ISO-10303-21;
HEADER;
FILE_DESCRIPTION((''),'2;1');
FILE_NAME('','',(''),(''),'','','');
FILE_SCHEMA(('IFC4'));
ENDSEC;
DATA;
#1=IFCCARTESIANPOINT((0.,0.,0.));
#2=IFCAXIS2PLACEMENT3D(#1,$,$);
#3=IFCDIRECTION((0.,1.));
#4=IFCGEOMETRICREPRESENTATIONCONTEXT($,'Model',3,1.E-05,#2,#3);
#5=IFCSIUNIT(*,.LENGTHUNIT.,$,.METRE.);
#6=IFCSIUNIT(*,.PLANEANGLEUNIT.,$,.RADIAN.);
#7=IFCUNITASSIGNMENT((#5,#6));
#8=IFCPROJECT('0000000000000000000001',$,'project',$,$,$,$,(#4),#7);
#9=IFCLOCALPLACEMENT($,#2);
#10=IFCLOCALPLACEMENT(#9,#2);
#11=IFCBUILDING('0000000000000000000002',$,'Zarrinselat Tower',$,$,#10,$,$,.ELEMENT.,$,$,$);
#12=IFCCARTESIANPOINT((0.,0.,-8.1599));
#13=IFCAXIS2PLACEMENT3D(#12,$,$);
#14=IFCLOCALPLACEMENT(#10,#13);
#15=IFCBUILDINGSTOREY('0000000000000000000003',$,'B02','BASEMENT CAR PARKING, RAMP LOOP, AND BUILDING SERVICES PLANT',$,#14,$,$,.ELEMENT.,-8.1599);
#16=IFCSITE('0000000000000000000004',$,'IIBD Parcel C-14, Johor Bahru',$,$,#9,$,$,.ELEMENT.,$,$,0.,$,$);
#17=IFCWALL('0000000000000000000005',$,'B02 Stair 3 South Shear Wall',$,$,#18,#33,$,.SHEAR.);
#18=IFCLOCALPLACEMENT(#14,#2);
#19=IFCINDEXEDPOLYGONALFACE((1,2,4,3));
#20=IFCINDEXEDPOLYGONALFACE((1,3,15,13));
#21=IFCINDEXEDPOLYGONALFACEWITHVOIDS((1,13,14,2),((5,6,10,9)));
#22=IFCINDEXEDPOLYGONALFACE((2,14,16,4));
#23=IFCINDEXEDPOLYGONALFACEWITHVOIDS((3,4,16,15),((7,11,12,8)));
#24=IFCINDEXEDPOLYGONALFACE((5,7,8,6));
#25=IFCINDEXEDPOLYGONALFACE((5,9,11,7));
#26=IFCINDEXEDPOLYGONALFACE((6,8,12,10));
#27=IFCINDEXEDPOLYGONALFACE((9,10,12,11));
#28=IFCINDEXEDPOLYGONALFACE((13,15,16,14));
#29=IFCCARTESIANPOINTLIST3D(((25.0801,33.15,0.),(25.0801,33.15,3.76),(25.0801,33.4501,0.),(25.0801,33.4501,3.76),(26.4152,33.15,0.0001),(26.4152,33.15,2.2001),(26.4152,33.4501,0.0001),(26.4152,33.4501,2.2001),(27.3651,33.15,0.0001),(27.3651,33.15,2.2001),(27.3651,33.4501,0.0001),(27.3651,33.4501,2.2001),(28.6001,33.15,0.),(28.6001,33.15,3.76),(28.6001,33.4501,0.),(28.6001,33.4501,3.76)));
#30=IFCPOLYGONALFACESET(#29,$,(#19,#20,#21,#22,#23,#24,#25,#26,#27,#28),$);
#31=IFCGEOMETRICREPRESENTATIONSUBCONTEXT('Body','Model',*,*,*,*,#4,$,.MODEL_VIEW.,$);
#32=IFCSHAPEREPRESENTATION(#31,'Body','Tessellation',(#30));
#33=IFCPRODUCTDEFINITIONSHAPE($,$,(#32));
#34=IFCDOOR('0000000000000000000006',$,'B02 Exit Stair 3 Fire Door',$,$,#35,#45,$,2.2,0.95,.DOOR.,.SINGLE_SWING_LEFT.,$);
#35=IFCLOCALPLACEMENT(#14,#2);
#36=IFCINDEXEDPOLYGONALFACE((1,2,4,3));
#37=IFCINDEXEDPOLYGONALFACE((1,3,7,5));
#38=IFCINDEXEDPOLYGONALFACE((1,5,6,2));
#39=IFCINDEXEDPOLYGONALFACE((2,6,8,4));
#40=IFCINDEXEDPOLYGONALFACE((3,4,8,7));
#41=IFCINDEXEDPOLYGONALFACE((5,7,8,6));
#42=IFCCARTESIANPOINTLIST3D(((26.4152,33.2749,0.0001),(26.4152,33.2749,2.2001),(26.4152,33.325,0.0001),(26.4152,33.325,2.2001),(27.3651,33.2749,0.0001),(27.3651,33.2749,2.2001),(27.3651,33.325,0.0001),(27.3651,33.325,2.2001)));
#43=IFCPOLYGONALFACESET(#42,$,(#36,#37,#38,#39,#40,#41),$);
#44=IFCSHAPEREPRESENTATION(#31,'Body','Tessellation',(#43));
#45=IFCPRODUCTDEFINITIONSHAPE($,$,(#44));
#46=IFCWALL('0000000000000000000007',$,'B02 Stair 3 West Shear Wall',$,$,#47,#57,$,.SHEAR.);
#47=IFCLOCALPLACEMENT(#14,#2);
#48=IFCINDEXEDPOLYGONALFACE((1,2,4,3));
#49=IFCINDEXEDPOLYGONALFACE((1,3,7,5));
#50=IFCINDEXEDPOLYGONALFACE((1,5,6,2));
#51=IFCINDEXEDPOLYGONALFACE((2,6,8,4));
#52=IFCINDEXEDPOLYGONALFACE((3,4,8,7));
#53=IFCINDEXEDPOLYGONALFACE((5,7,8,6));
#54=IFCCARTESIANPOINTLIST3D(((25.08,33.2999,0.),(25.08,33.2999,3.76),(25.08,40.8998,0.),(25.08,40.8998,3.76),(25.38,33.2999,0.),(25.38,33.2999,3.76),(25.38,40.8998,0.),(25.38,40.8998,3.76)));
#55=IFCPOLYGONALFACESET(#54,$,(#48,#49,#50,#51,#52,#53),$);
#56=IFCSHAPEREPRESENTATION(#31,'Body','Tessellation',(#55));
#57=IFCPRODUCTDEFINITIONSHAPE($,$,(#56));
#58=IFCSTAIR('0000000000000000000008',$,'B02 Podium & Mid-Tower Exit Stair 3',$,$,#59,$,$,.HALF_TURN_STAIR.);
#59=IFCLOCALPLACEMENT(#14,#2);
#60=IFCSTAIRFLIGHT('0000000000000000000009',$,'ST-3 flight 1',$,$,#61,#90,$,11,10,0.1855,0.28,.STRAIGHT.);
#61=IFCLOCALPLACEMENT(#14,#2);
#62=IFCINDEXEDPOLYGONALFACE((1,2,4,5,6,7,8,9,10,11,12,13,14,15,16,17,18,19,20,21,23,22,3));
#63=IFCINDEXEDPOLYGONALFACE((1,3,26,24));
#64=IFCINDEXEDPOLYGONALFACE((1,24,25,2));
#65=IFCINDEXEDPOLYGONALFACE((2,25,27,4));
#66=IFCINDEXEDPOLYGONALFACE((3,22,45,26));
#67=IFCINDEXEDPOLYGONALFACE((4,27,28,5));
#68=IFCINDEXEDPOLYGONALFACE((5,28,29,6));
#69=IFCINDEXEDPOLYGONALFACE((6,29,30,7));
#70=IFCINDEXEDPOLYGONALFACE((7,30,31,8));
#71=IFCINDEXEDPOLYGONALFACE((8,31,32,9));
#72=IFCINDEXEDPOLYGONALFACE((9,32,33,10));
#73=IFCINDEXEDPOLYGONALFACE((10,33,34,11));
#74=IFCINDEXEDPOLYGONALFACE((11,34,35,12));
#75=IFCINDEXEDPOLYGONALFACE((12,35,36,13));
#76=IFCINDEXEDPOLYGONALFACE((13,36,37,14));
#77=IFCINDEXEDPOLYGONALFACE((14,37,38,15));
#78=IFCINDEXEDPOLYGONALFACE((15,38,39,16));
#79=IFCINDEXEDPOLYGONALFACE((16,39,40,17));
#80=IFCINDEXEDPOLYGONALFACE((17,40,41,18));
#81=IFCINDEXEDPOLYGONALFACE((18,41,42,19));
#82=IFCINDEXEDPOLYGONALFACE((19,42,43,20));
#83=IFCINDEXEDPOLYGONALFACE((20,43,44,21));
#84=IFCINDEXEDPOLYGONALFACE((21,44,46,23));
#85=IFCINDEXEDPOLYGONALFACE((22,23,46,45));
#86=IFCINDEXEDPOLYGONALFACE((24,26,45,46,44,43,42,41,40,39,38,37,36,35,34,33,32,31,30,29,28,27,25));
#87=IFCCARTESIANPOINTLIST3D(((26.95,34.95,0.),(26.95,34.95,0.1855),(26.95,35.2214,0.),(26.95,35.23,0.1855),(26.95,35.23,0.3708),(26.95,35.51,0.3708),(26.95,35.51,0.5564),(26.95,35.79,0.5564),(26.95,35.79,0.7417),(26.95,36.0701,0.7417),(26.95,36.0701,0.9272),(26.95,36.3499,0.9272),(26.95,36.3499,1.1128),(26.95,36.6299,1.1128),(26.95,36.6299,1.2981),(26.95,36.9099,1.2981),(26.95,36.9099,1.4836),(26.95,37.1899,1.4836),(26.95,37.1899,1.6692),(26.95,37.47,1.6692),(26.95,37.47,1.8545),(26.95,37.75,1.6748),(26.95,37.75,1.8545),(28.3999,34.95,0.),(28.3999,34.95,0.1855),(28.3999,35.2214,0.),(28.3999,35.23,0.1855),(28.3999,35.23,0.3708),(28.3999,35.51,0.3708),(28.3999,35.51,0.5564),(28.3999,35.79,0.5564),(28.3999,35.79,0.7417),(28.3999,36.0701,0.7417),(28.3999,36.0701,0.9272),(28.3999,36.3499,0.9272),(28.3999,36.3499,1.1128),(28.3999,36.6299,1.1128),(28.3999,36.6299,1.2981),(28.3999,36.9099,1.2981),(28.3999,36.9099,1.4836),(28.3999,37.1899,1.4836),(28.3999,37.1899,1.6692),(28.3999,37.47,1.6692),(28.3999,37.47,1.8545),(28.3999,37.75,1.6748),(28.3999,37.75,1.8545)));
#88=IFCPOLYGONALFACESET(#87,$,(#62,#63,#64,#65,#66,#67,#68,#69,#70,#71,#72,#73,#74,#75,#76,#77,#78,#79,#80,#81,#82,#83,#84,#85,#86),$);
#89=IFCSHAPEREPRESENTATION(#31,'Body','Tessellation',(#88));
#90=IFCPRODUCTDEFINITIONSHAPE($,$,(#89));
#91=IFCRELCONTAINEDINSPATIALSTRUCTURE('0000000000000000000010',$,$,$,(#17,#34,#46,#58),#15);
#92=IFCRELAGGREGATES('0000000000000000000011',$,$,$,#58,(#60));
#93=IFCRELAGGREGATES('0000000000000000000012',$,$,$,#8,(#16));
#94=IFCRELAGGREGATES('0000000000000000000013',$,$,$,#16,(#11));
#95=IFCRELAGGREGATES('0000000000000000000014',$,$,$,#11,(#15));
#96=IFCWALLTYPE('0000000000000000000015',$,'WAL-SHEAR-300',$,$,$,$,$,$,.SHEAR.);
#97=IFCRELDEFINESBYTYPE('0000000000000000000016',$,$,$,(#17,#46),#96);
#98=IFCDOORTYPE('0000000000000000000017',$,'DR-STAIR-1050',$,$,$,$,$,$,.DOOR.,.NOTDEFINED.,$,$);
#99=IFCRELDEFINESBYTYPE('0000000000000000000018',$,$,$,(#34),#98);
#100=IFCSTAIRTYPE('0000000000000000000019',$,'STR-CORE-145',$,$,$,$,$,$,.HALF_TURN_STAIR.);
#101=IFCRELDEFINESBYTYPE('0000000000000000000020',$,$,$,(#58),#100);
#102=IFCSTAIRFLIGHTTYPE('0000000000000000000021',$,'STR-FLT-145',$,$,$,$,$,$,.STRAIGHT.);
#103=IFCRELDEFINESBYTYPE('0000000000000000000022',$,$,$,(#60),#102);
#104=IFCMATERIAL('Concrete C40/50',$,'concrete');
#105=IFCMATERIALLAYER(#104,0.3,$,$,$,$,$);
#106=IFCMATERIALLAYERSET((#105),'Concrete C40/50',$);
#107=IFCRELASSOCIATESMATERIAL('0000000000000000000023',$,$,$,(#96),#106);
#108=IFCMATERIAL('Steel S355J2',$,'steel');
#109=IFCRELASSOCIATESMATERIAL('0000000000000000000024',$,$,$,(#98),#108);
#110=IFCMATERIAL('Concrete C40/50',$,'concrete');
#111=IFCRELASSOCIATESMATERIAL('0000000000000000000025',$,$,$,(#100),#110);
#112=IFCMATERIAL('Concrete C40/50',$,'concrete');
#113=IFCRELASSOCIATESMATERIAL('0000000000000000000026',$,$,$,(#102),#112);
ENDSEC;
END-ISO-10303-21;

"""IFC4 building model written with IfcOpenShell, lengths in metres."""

from ifc_helpers import new_model, si_unit, direction, frame, frame_2d, origin, place, context, subcontext, project, spatial, polyline, rectangle, outline, extrude, material, layer, layer_set, type_object, element, fill, aggregate, save


model = new_model("IFC4")

# Units and contexts
model_context = context("Model", 3, precision=1e-05, world=origin(), true_north=direction((0.0, 1.0)))
body_context = subcontext(model_context, "Body", "Model", "MODEL_VIEW")
ifc_project = project(units=[si_unit("LENGTHUNIT", "METRE"), si_unit("PLANEANGLEUNIT", "RADIAN")], contexts=[model_context])

# Site, building, storey
site_placement = place(None, origin())
site = spatial("IfcSite", under=ifc_project, at=site_placement, Name="IIBD Parcel C-14, Johor Bahru", CompositionType="ELEMENT", RefElevation=0.0)
building_placement = place(site_placement, origin())
building = spatial("IfcBuilding", under=site, at=building_placement, Name="Zarrinselat Tower", CompositionType="ELEMENT")
storey_placement = place(building_placement, frame((0.0, 0.0, -8.1599)))
storey = spatial("IfcBuildingStorey", under=building, at=storey_placement, Name="B02", Description="BASEMENT CAR PARKING, RAMP LOOP, AND BUILDING SERVICES PLANT", CompositionType="ELEMENT", Elevation=-8.1599)

# Wall, opening, door
ifc_material_1 = material(Name="Concrete C40/50", Category="concrete")
ifc_layer_1 = layer(ifc_material_1, 0.3)
ifc_layer_set_1 = layer_set([ifc_layer_1], Name="Concrete C40/50")
wall_type_1 = type_object("IfcWallType", Name="WAL-SHEAR-300", PredefinedType="SHEAR", material=ifc_layer_set_1)
wall_1_placement = place(storey_placement, frame((25.0801, 33.3, 0.0), z_axis=(0.0, 0.0, 1.0), x_axis=(1.0, 0.0, 0.0)))
wall_1 = element("IfcWall", 1, at=wall_1_placement, inside=storey, type_object=wall_type_1, Name="B02 Stair 3 South Shear Wall", PredefinedType="SHEAR", context=body_context, shape_type="SweptSolid", body=[
    extrude(rectangle(XDim=3.52, YDim=0.3, at=frame_2d((1.76, 0.0))), origin(), (0.0, 0.0, 1.0), 3.76),
])
opening_1_placement = place(wall_1_placement, frame((1.335, 0.0, 0.0)))
opening_1 = element("IfcOpeningElement", 2, at=opening_1_placement, cuts=wall_1, PredefinedType="OPENING", context=body_context, shape_type="SweptSolid", body=[
    extrude(rectangle(XDim=0.95, YDim=2.2, at=frame_2d((0.4751, 1.1001))), frame((0.0, 0.1599, 0.0), z_axis=(0.0, -1.0, 0.0), x_axis=(1.0, 0.0, 0.0)), (0.0, 0.0, 1.0), 0.3201),
])
ifc_material_2 = material(Name="Steel S355J2", Category="steel")
door_type_1 = type_object("IfcDoorType", Name="DR-STAIR-1050", OperationType="NOTDEFINED", PredefinedType="DOOR", material=ifc_material_2)
door_1_placement = place(opening_1_placement, origin())
door_1 = element("IfcDoor", 3, at=door_1_placement, inside=storey, type_object=door_type_1, Name="B02 Exit Stair 3 Fire Door", OperationType="SINGLE_SWING_LEFT", OverallHeight=2.2, OverallWidth=0.95, PredefinedType="DOOR", context=body_context, shape_type="SweptSolid", body=[
    extrude(rectangle(XDim=0.95, YDim=2.2, at=frame_2d((0.4751, 1.1001))), frame((0.0, 0.0249, 0.0), z_axis=(0.0, -1.0, 0.0), x_axis=(1.0, 0.0, 0.0)), (0.0, 0.0, 1.0), 0.05),
])
fill(opening_1, door_1)

# Wall
wall_2_placement = place(storey_placement, frame((25.23, 33.3, 0.0), z_axis=(0.0, 0.0, 1.0), x_axis=(0.0, 1.0, 0.0)))
element("IfcWall", 4, at=wall_2_placement, inside=storey, type_object=wall_type_1, Name="B02 Stair 3 West Shear Wall", PredefinedType="SHEAR", context=body_context, shape_type="SweptSolid", body=[
    extrude(rectangle(XDim=7.5999, YDim=0.3, at=frame_2d((3.7998, 0.0))), origin(), (0.0, 0.0, 1.0), 3.76),
])

# Stair, stair flight
ifc_material_3 = material(Name="Concrete C40/50", Category="concrete")
stair_type = type_object("IfcStairType", Name="STR-CORE-145", PredefinedType="HALF_TURN_STAIR", material=ifc_material_3)
stair_placement = place(storey_placement, origin())
stair = element("IfcStair", 5, at=stair_placement, inside=storey, type_object=stair_type, Name="B02 Podium & Mid-Tower Exit Stair 3", PredefinedType="HALF_TURN_STAIR")
ifc_material_4 = material(Name="Concrete C40/50", Category="concrete")
stair_flight_type = type_object("IfcStairFlightType", Name="STR-FLT-145", PredefinedType="STRAIGHT", material=ifc_material_4)
stair_flight_placement = place(storey_placement, frame((27.675, 34.95, 0.0), z_axis=(0.0, 0.0, 1.0), x_axis=(0.0, 1.0, 0.0)))
stair_flight = element("IfcStairFlight", 6, at=stair_flight_placement, type_object=stair_flight_type, Name="ST-3 flight 1", NumberOfRisers=11, NumberOfTreads=10, PredefinedType="STRAIGHT", RiserHeight=0.1855, TreadLength=0.28, context=body_context, shape_type="SweptSolid", body=[
    extrude(outline(polyline([(0.0, 0.0), (0.0, 0.1855), (0.28, 0.1855), (0.28, 0.3708), (0.5601, 0.3708), (0.5601, 0.5564), (0.8401, 0.5564), (0.8401, 0.7417), (1.1201, 0.7417), (1.1201, 0.9272), (1.3999, 0.9272), (1.3999, 1.1128), (1.6799, 1.1128), (1.6799, 1.2981), (1.96, 1.2981), (1.96, 1.4836), (2.24, 1.4836), (2.24, 1.6692), (2.52, 1.6692), (2.52, 1.8545), (2.8, 1.8545), (2.8, 2.04), (2.8, 1.6748), (0.2715, 0.0), (0.0, 0.0)])), frame((0.0, 0.7251, 0.0), z_axis=(0.0, -1.0, 0.0), x_axis=(1.0, 0.0, 0.0)), (0.0, 0.0, 1.0), 1.45),
])
aggregate(stair, [stair_flight])

save(model, "model.ifc")
